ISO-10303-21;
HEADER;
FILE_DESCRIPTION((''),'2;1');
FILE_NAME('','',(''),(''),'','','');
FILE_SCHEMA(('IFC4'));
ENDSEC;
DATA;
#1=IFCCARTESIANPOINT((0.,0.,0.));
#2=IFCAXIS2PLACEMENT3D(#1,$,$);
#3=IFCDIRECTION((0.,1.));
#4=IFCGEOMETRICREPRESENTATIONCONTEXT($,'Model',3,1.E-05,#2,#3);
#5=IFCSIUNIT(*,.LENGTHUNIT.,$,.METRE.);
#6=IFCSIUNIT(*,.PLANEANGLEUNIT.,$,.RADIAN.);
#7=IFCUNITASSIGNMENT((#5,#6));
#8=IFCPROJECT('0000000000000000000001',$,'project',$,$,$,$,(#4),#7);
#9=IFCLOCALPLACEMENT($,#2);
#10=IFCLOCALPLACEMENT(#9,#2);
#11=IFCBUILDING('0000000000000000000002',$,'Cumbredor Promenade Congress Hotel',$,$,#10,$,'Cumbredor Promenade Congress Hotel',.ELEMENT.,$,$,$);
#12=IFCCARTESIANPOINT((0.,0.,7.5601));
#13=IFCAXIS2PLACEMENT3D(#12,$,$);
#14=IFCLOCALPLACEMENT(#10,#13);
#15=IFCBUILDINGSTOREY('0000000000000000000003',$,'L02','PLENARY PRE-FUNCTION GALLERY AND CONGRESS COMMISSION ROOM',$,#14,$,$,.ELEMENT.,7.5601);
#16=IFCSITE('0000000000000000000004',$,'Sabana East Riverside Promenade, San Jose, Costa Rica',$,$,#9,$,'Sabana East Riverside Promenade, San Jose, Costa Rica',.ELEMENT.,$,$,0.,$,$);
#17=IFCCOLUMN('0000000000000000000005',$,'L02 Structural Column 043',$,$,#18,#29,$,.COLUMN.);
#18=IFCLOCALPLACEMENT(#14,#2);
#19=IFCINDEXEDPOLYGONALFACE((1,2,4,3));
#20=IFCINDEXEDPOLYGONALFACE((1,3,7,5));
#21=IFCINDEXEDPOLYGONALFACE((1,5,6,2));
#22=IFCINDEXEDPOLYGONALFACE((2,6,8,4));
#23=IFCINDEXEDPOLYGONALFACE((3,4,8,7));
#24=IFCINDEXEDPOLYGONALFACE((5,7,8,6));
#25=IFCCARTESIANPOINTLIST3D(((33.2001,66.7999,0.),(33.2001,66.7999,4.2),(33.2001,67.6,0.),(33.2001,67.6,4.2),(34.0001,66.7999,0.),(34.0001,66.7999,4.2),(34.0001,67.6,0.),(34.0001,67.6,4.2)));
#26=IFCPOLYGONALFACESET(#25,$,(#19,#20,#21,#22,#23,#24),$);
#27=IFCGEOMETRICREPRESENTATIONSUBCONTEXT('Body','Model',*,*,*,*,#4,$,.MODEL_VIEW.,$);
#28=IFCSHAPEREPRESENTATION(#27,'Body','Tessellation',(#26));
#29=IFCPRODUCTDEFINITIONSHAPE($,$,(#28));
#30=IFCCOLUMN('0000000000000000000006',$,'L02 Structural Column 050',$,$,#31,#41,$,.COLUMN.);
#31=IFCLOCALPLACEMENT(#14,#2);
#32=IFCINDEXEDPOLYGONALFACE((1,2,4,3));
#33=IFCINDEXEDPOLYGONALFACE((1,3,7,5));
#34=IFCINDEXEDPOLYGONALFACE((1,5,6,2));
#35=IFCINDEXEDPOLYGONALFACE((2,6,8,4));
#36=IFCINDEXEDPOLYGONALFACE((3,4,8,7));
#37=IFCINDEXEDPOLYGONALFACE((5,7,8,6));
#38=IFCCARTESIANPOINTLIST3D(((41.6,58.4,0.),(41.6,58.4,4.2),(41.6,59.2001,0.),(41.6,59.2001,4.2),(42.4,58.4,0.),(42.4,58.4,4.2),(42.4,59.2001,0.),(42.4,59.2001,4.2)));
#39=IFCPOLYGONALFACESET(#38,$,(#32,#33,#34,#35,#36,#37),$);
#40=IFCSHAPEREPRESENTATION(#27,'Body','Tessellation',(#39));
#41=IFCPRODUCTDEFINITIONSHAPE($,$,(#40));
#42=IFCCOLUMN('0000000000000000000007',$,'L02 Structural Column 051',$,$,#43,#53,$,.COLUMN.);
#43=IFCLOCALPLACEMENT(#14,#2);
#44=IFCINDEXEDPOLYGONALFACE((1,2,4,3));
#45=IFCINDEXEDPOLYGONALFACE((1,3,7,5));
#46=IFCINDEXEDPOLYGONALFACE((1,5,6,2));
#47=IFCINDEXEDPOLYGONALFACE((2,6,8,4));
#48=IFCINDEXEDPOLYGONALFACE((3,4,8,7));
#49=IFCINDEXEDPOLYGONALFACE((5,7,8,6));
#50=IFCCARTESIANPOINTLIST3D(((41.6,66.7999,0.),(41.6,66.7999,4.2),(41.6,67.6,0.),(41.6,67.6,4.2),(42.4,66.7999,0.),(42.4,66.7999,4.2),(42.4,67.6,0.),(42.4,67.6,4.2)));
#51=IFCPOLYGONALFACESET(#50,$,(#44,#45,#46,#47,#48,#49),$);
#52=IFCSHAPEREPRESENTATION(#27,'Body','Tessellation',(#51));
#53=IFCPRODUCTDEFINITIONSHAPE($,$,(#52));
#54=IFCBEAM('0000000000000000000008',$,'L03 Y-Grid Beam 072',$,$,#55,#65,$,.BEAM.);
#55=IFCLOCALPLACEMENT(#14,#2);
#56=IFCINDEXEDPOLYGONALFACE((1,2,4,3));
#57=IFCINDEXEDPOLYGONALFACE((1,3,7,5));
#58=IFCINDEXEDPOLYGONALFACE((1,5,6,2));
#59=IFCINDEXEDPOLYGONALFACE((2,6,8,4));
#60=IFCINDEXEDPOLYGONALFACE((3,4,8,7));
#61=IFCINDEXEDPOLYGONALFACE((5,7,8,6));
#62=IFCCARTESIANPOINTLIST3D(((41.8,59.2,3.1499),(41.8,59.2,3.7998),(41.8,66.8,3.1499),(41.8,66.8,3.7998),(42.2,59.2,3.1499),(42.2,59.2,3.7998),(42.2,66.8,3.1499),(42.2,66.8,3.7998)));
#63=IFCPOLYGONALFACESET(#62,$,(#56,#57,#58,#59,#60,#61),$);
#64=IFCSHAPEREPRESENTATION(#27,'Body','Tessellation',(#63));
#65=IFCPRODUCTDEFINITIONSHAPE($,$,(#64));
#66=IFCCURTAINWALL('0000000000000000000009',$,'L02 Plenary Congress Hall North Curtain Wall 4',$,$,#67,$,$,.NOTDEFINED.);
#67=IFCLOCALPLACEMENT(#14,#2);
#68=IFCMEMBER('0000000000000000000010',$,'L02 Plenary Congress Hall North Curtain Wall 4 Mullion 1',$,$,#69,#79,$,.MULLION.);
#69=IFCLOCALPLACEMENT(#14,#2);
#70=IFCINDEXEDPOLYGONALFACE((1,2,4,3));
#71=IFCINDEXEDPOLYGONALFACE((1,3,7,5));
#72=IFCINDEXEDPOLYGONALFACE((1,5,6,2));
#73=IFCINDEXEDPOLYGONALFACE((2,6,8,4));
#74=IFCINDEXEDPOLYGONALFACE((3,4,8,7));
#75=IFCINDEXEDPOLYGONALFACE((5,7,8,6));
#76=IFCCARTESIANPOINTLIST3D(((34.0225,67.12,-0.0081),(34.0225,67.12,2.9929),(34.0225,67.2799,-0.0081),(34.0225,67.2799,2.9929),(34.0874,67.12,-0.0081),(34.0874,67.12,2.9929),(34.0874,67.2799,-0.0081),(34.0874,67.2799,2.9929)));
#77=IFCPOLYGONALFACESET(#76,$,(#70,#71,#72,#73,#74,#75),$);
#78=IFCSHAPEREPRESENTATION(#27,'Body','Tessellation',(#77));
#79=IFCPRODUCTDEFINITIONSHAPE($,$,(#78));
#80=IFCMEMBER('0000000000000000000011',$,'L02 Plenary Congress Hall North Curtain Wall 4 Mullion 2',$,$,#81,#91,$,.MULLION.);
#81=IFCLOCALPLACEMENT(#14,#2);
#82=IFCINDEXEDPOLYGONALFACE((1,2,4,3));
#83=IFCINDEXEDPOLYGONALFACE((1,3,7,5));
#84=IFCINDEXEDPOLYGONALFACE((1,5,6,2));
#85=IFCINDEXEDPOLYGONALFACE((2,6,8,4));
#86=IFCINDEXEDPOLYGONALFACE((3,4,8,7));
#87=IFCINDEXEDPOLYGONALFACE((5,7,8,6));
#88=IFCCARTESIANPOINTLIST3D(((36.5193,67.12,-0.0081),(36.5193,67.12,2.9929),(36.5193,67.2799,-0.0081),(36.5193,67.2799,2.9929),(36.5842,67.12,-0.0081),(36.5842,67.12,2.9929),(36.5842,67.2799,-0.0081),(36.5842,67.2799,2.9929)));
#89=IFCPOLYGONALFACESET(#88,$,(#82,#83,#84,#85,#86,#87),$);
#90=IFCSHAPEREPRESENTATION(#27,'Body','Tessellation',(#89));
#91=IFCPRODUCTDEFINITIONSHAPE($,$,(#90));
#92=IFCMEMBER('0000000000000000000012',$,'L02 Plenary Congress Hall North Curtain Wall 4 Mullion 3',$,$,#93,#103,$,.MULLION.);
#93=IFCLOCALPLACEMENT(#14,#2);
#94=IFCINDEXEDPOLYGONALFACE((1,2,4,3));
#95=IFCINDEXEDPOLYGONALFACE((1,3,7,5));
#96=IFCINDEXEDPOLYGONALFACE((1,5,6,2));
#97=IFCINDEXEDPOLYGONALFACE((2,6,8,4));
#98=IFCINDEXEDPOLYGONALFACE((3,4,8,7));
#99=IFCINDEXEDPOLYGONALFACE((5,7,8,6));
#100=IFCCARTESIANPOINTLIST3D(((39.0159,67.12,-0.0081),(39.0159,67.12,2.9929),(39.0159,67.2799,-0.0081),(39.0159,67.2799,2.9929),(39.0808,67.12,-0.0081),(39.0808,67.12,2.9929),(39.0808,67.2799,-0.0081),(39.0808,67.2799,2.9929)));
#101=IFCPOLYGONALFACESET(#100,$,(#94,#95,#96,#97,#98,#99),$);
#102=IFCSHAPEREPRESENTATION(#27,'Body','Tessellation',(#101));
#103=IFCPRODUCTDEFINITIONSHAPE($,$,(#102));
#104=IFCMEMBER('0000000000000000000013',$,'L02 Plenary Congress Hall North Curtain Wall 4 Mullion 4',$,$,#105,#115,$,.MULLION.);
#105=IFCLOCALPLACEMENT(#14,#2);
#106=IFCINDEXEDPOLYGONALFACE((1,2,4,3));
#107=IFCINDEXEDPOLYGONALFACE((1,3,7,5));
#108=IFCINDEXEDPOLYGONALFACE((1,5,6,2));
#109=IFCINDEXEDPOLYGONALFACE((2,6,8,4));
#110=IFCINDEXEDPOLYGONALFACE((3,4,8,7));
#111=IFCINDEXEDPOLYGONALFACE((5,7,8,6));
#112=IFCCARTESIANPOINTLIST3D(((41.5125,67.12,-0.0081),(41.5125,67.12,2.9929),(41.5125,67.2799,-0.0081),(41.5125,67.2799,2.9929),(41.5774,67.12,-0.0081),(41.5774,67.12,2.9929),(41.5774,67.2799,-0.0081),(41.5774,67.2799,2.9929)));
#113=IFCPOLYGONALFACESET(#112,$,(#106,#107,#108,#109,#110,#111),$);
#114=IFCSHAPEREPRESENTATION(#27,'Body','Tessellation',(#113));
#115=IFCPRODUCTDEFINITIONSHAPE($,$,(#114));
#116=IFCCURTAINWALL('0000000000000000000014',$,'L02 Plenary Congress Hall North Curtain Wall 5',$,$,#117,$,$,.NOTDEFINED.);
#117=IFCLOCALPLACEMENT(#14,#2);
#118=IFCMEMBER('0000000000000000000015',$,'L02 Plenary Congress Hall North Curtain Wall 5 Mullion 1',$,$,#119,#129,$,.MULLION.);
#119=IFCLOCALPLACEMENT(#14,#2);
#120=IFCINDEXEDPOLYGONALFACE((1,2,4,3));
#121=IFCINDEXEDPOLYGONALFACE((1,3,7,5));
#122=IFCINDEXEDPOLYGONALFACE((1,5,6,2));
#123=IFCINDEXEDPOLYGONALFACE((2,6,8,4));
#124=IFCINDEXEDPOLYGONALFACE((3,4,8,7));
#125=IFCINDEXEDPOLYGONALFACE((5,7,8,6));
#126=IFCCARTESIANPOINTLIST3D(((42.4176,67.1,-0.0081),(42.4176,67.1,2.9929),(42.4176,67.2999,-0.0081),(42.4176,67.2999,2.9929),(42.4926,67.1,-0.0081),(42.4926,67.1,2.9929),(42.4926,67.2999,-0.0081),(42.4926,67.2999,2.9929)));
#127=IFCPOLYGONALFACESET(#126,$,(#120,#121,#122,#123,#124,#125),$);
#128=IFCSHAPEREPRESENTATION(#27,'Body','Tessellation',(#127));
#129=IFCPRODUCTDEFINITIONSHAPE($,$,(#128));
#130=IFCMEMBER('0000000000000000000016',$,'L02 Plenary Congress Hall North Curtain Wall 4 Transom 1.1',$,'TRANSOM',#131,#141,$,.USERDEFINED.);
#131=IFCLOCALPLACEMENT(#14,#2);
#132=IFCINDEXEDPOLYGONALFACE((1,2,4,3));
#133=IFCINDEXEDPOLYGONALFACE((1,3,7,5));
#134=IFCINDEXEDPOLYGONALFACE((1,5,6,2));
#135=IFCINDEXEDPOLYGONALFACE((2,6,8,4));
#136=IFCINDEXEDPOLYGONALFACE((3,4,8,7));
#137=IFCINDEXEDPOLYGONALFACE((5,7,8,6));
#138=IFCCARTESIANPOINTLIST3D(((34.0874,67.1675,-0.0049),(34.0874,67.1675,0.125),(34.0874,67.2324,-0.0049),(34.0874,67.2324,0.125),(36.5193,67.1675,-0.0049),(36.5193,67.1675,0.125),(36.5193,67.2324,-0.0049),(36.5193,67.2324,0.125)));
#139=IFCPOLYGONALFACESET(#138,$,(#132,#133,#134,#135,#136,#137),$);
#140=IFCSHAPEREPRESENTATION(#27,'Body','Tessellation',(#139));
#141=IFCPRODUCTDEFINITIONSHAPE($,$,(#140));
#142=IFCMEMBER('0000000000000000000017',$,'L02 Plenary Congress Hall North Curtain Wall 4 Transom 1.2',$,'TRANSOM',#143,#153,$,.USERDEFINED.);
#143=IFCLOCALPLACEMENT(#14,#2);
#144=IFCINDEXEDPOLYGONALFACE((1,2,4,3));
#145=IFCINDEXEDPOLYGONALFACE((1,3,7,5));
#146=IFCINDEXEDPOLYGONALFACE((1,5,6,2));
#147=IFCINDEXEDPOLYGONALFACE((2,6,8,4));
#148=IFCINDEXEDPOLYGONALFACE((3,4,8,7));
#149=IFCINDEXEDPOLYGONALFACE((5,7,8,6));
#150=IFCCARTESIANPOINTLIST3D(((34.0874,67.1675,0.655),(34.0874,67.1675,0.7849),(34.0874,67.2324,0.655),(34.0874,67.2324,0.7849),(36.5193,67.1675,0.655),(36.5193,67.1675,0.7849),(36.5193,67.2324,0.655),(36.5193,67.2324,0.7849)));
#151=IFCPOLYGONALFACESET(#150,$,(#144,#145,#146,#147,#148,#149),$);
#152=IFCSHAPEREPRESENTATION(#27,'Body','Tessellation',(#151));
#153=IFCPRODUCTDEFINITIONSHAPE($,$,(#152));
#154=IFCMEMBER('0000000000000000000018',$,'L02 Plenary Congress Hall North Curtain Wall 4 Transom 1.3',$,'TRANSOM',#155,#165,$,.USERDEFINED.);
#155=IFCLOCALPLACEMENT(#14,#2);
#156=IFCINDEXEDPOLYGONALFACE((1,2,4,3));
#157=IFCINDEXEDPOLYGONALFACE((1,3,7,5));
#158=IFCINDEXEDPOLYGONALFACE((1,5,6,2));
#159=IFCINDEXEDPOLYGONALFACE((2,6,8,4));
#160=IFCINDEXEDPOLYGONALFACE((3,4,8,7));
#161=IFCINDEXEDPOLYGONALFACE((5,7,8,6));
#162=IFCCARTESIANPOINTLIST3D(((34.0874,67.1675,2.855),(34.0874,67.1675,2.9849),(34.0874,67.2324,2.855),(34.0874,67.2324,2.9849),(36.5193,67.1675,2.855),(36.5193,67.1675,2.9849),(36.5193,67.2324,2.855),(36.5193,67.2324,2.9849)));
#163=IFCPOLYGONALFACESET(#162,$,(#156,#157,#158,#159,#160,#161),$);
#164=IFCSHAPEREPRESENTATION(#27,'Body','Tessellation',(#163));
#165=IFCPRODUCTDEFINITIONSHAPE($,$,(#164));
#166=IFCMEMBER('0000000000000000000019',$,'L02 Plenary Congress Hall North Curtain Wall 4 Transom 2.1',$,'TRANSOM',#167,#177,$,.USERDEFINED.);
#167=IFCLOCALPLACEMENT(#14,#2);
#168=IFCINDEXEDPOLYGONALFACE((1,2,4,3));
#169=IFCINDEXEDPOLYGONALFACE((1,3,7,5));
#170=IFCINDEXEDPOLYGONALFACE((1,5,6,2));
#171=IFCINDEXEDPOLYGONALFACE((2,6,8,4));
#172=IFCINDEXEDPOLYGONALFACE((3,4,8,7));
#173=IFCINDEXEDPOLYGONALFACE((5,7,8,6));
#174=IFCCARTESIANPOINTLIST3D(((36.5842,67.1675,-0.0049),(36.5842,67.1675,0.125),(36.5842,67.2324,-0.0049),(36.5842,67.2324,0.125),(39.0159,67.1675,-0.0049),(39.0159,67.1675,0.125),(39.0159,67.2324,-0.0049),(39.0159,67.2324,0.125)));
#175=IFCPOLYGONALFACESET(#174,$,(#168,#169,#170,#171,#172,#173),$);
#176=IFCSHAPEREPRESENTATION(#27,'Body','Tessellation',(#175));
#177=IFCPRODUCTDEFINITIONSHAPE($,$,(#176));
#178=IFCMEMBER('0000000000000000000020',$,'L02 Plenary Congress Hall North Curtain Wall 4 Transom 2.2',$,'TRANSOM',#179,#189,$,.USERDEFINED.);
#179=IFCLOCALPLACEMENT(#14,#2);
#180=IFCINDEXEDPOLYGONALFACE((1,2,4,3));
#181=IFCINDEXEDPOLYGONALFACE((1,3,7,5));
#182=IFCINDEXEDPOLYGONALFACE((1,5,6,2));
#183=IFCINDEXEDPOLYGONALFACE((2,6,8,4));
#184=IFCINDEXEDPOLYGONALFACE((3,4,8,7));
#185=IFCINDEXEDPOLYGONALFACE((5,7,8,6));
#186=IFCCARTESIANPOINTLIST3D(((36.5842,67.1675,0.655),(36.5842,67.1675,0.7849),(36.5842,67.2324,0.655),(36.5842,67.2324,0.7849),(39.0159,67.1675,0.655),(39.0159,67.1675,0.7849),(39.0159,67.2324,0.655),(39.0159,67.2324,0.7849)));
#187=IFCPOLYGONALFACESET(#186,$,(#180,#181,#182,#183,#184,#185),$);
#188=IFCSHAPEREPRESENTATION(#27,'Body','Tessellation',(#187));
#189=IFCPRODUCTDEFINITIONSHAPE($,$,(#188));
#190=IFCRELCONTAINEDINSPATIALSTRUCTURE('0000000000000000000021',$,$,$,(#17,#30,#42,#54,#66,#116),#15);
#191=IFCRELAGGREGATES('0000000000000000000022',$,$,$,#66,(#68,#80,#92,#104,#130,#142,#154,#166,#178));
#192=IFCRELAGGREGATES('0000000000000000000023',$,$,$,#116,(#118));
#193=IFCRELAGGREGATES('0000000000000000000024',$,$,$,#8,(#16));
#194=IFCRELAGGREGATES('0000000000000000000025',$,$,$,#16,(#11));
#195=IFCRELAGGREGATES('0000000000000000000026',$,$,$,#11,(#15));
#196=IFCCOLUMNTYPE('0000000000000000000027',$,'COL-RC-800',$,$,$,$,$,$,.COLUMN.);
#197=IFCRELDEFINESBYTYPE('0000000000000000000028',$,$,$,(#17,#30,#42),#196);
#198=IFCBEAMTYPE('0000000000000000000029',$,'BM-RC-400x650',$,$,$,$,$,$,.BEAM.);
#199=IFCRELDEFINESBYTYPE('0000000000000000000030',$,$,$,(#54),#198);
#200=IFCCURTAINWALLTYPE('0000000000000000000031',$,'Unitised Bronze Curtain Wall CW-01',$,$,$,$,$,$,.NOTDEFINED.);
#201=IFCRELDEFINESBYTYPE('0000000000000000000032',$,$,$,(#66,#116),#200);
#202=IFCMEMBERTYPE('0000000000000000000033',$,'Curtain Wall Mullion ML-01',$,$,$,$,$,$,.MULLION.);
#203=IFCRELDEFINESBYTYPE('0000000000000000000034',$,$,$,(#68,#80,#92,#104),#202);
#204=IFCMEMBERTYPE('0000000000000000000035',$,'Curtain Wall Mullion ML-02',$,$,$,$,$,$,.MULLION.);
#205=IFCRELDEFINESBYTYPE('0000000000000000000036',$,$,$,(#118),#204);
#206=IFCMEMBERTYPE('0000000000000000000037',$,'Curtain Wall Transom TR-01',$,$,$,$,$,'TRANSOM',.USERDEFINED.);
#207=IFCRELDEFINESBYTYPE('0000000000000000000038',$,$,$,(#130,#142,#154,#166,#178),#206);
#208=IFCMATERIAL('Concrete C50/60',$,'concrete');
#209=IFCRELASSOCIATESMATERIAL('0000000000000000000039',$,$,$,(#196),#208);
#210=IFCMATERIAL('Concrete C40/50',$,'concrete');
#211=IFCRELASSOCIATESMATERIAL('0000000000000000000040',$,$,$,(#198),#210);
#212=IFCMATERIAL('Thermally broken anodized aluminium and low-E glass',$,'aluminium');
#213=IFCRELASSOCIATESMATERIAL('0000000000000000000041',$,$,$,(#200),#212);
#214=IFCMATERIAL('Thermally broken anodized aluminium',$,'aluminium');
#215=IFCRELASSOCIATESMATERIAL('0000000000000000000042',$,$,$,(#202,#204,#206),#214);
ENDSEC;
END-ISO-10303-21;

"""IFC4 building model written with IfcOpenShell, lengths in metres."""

from ifc_helpers import new_model, si_unit, direction, frame, origin, origin_2d, place, context, subcontext, project, spatial, rectangle, extrude, material, material_profile, profile_set, type_object, element, aggregate, save


model = new_model("IFC4")

# Units and contexts
model_context = context("Model", 3, precision=1e-05, world=origin(), true_north=direction((0.0, 1.0)))
body_context = subcontext(model_context, "Body", "Model", "MODEL_VIEW")
ifc_project = project(units=[si_unit("LENGTHUNIT", "METRE"), si_unit("PLANEANGLEUNIT", "RADIAN")], contexts=[model_context])

# Site, building, storey
site_placement = place(None, origin())
site = spatial("IfcSite", under=ifc_project, at=site_placement, Name="Sabana East Riverside Promenade, San Jose, Costa Rica", LongName="Sabana East Riverside Promenade, San Jose, Costa Rica", CompositionType="ELEMENT", RefElevation=0.0)
building_placement = place(site_placement, origin())
building = spatial("IfcBuilding", under=site, at=building_placement, Name="Cumbredor Promenade Congress Hotel", LongName="Cumbredor Promenade Congress Hotel", CompositionType="ELEMENT")
storey_placement = place(building_placement, frame((0.0, 0.0, 7.5601)))
storey = spatial("IfcBuildingStorey", under=building, at=storey_placement, Name="L02", Description="PLENARY PRE-FUNCTION GALLERY AND CONGRESS COMMISSION ROOM", CompositionType="ELEMENT", Elevation=7.5601)

# Columns
ifc_material_1 = material(Name="Concrete C50/60", Category="concrete")
ifc_material_profile_1 = material_profile(ifc_material_1, rectangle(XDim=0.8, YDim=0.8, at=origin_2d()), Name="RC 800x800")
ifc_profile_set_1 = profile_set([ifc_material_profile_1], Name="Concrete C50/60")
column_type = type_object("IfcColumnType", Name="COL-RC-800", PredefinedType="COLUMN", material=ifc_profile_set_1)
for number, where, z_axis, x_axis, name in (
    (1, (33.6001, 67.2, 0.0), (0.0, 0.0, 1.0), (1.0, 0.0, 0.0), "L02 Structural Column 043"),
    (2, (42.0, 58.8, 0.0), (0.0, 0.0, 1.0), (1.0, 0.0, 0.0), "L02 Structural Column 050"),
    (3, (42.0, 67.2, 0.0), (0.0, 0.0, 1.0), (1.0, 0.0, 0.0), "L02 Structural Column 051"),
):
    element("IfcColumn", number, at=place(storey_placement, frame(where, z_axis=z_axis, x_axis=x_axis)), inside=storey, type_object=column_type, Name=name, PredefinedType="COLUMN", context=body_context, shape_type="SweptSolid", body=[
        extrude(rectangle(XDim=0.8, YDim=0.8, at=origin_2d()), origin(), (0.0, 0.0, 1.0), 4.2),
    ])

# Beam
ifc_material_2 = material(Name="Concrete C40/50", Category="concrete")
ifc_material_profile_2 = material_profile(ifc_material_2, rectangle(XDim=0.3999, YDim=0.6499, at=origin_2d()), Name="RC BEAM 400x650")
ifc_profile_set_2 = profile_set([ifc_material_profile_2], Name="Concrete C40/50")
beam_type_1 = type_object("IfcBeamType", Name="BM-RC-400x650", PredefinedType="BEAM", material=ifc_profile_set_2)
beam_placement = place(storey_placement, frame((42.0, 59.2, 3.4749), z_axis=(0.0, 1.0, 0.0), x_axis=(-1.0, 0.0, 0.0)))
element("IfcBeam", 4, at=beam_placement, inside=storey, type_object=beam_type_1, Name="L03 Y-Grid Beam 072", PredefinedType="BEAM", context=body_context, shape_type="SweptSolid", body=[
    extrude(rectangle(XDim=0.3999, YDim=0.6499, at=origin_2d()), origin(), (0.0, 0.0, 1.0), 7.6001),
])

# Curtain wall, members
ifc_material_3 = material(Name="Thermally broken anodized aluminium and low-E glass", Category="aluminium")
curtain_wall_type = type_object("IfcCurtainWallType", Name="Unitised Bronze Curtain Wall CW-01", PredefinedType="NOTDEFINED", material=ifc_material_3)
curtain_wall_1_placement = place(storey_placement, origin())
curtain_wall_1 = element("IfcCurtainWall", 5, at=curtain_wall_1_placement, inside=storey, type_object=curtain_wall_type, Name="L02 Plenary Congress Hall North Curtain Wall 4", PredefinedType="NOTDEFINED")
ifc_material_4 = material(Name="Thermally broken anodized aluminium", Category="aluminium")
ifc_material_profile_3 = material_profile(ifc_material_4, rectangle(XDim=0.0649, YDim=0.1599, at=origin_2d()), Name="ALU MULLION 65x160")
ifc_profile_set_3 = profile_set([ifc_material_profile_3], Name="Thermally broken anodized aluminium")
member_type_1 = type_object("IfcMemberType", Name="Curtain Wall Mullion ML-01", PredefinedType="MULLION", material=ifc_profile_set_3)
member_1_placement = place(storey_placement, frame((34.0549, 67.2, -0.0081), z_axis=(0.0, 0.0, 1.0), x_axis=(1.0, 0.0, 0.0)))
member_1 = element("IfcMember", 6, at=member_1_placement, type_object=member_type_1, Name="L02 Plenary Congress Hall North Curtain Wall 4 Mullion 1", PredefinedType="MULLION", context=body_context, shape_type="SweptSolid", body=[
    extrude(rectangle(XDim=0.0649, YDim=0.1599, at=origin_2d()), origin(), (0.0, 0.0, 1.0), 3.001),
])
member_2_placement = place(storey_placement, frame((36.5518, 67.2, -0.0081), z_axis=(0.0, 0.0, 1.0), x_axis=(1.0, 0.0, 0.0)))
member_2 = element("IfcMember", 7, at=member_2_placement, type_object=member_type_1, Name="L02 Plenary Congress Hall North Curtain Wall 4 Mullion 2", PredefinedType="MULLION", context=body_context, shape_type="SweptSolid", body=[
    extrude(rectangle(XDim=0.0649, YDim=0.1599, at=origin_2d()), origin(), (0.0, 0.0, 1.0), 3.001),
])
member_3_placement = place(storey_placement, frame((39.0483, 67.2, -0.0081), z_axis=(0.0, 0.0, 1.0), x_axis=(1.0, 0.0, 0.0)))
member_3 = element("IfcMember", 8, at=member_3_placement, type_object=member_type_1, Name="L02 Plenary Congress Hall North Curtain Wall 4 Mullion 3", PredefinedType="MULLION", context=body_context, shape_type="SweptSolid", body=[
    extrude(rectangle(XDim=0.0649, YDim=0.1599, at=origin_2d()), origin(), (0.0, 0.0, 1.0), 3.001),
])
member_4_placement = place(storey_placement, frame((41.5449, 67.2, -0.0081), z_axis=(0.0, 0.0, 1.0), x_axis=(1.0, 0.0, 0.0)))
member_4 = element("IfcMember", 9, at=member_4_placement, type_object=member_type_1, Name="L02 Plenary Congress Hall North Curtain Wall 4 Mullion 4", PredefinedType="MULLION", context=body_context, shape_type="SweptSolid", body=[
    extrude(rectangle(XDim=0.0649, YDim=0.1599, at=origin_2d()), origin(), (0.0, 0.0, 1.0), 3.001),
])

# Curtain wall, member
curtain_wall_2_placement = place(storey_placement, origin())
curtain_wall_2 = element("IfcCurtainWall", 10, at=curtain_wall_2_placement, inside=storey, type_object=curtain_wall_type, Name="L02 Plenary Congress Hall North Curtain Wall 5", PredefinedType="NOTDEFINED")
ifc_material_profile_4 = material_profile(ifc_material_4, rectangle(XDim=0.075, YDim=0.2, at=origin_2d()), Name="ALU MULLION 75x200")
ifc_profile_set_4 = profile_set([ifc_material_profile_4], Name="Thermally broken anodized aluminium")
member_type_2 = type_object("IfcMemberType", Name="Curtain Wall Mullion ML-02", PredefinedType="MULLION", material=ifc_profile_set_4)
member_5_placement = place(storey_placement, frame((42.4551, 67.2, -0.0081), z_axis=(0.0, 0.0, 1.0), x_axis=(1.0, 0.0, 0.0)))
member_5 = element("IfcMember", 11, at=member_5_placement, type_object=member_type_2, Name="L02 Plenary Congress Hall North Curtain Wall 5 Mullion 1", PredefinedType="MULLION", context=body_context, shape_type="SweptSolid", body=[
    extrude(rectangle(XDim=0.075, YDim=0.2, at=origin_2d()), origin(), (0.0, 0.0, 1.0), 3.001),
])

# Members
ifc_material_profile_5 = material_profile(ifc_material_4, rectangle(XDim=0.0649, YDim=0.1299, at=origin_2d()), Name="ALU TRANSOM 65x130")
ifc_profile_set_5 = profile_set([ifc_material_profile_5], Name="Thermally broken anodized aluminium")
member_type_3 = type_object("IfcMemberType", Name="Curtain Wall Transom TR-01", ElementType="TRANSOM", PredefinedType="USERDEFINED", material=ifc_profile_set_5)
member_6_placement = place(storey_placement, frame((34.0874, 67.2, 0.0601), z_axis=(1.0, 0.0, 0.0), x_axis=(0.0, 1.0, 0.0)))
member_6 = element("IfcMember", 12, at=member_6_placement, type_object=member_type_3, Name="L02 Plenary Congress Hall North Curtain Wall 4 Transom 1.1", ObjectType="TRANSOM", PredefinedType="USERDEFINED", context=body_context, shape_type="SweptSolid", body=[
    extrude(rectangle(XDim=0.0649, YDim=0.1299, at=origin_2d()), origin(), (0.0, 0.0, 1.0), 2.4319),
])
member_7_placement = place(storey_placement, frame((34.0874, 67.2, 0.72), z_axis=(1.0, 0.0, 0.0), x_axis=(0.0, 1.0, 0.0)))
member_7 = element("IfcMember", 13, at=member_7_placement, type_object=member_type_3, Name="L02 Plenary Congress Hall North Curtain Wall 4 Transom 1.2", ObjectType="TRANSOM", PredefinedType="USERDEFINED", context=body_context, shape_type="SweptSolid", body=[
    extrude(rectangle(XDim=0.0649, YDim=0.1299, at=origin_2d()), origin(), (0.0, 0.0, 1.0), 2.4319),
])
member_8_placement = place(storey_placement, frame((34.0874, 67.2, 2.9199), z_axis=(1.0, 0.0, 0.0), x_axis=(0.0, 1.0, 0.0)))
member_8 = element("IfcMember", 14, at=member_8_placement, type_object=member_type_3, Name="L02 Plenary Congress Hall North Curtain Wall 4 Transom 1.3", ObjectType="TRANSOM", PredefinedType="USERDEFINED", context=body_context, shape_type="SweptSolid", body=[
    extrude(rectangle(XDim=0.0649, YDim=0.1299, at=origin_2d()), origin(), (0.0, 0.0, 1.0), 2.4319),
])
member_9_placement = place(storey_placement, frame((36.5842, 67.2, 0.0601), z_axis=(1.0, 0.0, 0.0), x_axis=(0.0, 1.0, 0.0)))
member_9 = element("IfcMember", 15, at=member_9_placement, type_object=member_type_3, Name="L02 Plenary Congress Hall North Curtain Wall 4 Transom 2.1", ObjectType="TRANSOM", PredefinedType="USERDEFINED", context=body_context, shape_type="SweptSolid", body=[
    extrude(rectangle(XDim=0.0649, YDim=0.1299, at=origin_2d()), origin(), (0.0, 0.0, 1.0), 2.4316),
])
member_10_placement = place(storey_placement, frame((36.5842, 67.2, 0.72), z_axis=(1.0, 0.0, 0.0), x_axis=(0.0, 1.0, 0.0)))
member_10 = element("IfcMember", 16, at=member_10_placement, type_object=member_type_3, Name="L02 Plenary Congress Hall North Curtain Wall 4 Transom 2.2", ObjectType="TRANSOM", PredefinedType="USERDEFINED", context=body_context, shape_type="SweptSolid", body=[
    extrude(rectangle(XDim=0.0649, YDim=0.1299, at=origin_2d()), origin(), (0.0, 0.0, 1.0), 2.4316),
])

aggregate(curtain_wall_1, [member_1, member_2, member_3, member_4, member_6, member_7, member_8, member_9, member_10])
aggregate(curtain_wall_2, [member_5])

save(model, "model.ifc")
